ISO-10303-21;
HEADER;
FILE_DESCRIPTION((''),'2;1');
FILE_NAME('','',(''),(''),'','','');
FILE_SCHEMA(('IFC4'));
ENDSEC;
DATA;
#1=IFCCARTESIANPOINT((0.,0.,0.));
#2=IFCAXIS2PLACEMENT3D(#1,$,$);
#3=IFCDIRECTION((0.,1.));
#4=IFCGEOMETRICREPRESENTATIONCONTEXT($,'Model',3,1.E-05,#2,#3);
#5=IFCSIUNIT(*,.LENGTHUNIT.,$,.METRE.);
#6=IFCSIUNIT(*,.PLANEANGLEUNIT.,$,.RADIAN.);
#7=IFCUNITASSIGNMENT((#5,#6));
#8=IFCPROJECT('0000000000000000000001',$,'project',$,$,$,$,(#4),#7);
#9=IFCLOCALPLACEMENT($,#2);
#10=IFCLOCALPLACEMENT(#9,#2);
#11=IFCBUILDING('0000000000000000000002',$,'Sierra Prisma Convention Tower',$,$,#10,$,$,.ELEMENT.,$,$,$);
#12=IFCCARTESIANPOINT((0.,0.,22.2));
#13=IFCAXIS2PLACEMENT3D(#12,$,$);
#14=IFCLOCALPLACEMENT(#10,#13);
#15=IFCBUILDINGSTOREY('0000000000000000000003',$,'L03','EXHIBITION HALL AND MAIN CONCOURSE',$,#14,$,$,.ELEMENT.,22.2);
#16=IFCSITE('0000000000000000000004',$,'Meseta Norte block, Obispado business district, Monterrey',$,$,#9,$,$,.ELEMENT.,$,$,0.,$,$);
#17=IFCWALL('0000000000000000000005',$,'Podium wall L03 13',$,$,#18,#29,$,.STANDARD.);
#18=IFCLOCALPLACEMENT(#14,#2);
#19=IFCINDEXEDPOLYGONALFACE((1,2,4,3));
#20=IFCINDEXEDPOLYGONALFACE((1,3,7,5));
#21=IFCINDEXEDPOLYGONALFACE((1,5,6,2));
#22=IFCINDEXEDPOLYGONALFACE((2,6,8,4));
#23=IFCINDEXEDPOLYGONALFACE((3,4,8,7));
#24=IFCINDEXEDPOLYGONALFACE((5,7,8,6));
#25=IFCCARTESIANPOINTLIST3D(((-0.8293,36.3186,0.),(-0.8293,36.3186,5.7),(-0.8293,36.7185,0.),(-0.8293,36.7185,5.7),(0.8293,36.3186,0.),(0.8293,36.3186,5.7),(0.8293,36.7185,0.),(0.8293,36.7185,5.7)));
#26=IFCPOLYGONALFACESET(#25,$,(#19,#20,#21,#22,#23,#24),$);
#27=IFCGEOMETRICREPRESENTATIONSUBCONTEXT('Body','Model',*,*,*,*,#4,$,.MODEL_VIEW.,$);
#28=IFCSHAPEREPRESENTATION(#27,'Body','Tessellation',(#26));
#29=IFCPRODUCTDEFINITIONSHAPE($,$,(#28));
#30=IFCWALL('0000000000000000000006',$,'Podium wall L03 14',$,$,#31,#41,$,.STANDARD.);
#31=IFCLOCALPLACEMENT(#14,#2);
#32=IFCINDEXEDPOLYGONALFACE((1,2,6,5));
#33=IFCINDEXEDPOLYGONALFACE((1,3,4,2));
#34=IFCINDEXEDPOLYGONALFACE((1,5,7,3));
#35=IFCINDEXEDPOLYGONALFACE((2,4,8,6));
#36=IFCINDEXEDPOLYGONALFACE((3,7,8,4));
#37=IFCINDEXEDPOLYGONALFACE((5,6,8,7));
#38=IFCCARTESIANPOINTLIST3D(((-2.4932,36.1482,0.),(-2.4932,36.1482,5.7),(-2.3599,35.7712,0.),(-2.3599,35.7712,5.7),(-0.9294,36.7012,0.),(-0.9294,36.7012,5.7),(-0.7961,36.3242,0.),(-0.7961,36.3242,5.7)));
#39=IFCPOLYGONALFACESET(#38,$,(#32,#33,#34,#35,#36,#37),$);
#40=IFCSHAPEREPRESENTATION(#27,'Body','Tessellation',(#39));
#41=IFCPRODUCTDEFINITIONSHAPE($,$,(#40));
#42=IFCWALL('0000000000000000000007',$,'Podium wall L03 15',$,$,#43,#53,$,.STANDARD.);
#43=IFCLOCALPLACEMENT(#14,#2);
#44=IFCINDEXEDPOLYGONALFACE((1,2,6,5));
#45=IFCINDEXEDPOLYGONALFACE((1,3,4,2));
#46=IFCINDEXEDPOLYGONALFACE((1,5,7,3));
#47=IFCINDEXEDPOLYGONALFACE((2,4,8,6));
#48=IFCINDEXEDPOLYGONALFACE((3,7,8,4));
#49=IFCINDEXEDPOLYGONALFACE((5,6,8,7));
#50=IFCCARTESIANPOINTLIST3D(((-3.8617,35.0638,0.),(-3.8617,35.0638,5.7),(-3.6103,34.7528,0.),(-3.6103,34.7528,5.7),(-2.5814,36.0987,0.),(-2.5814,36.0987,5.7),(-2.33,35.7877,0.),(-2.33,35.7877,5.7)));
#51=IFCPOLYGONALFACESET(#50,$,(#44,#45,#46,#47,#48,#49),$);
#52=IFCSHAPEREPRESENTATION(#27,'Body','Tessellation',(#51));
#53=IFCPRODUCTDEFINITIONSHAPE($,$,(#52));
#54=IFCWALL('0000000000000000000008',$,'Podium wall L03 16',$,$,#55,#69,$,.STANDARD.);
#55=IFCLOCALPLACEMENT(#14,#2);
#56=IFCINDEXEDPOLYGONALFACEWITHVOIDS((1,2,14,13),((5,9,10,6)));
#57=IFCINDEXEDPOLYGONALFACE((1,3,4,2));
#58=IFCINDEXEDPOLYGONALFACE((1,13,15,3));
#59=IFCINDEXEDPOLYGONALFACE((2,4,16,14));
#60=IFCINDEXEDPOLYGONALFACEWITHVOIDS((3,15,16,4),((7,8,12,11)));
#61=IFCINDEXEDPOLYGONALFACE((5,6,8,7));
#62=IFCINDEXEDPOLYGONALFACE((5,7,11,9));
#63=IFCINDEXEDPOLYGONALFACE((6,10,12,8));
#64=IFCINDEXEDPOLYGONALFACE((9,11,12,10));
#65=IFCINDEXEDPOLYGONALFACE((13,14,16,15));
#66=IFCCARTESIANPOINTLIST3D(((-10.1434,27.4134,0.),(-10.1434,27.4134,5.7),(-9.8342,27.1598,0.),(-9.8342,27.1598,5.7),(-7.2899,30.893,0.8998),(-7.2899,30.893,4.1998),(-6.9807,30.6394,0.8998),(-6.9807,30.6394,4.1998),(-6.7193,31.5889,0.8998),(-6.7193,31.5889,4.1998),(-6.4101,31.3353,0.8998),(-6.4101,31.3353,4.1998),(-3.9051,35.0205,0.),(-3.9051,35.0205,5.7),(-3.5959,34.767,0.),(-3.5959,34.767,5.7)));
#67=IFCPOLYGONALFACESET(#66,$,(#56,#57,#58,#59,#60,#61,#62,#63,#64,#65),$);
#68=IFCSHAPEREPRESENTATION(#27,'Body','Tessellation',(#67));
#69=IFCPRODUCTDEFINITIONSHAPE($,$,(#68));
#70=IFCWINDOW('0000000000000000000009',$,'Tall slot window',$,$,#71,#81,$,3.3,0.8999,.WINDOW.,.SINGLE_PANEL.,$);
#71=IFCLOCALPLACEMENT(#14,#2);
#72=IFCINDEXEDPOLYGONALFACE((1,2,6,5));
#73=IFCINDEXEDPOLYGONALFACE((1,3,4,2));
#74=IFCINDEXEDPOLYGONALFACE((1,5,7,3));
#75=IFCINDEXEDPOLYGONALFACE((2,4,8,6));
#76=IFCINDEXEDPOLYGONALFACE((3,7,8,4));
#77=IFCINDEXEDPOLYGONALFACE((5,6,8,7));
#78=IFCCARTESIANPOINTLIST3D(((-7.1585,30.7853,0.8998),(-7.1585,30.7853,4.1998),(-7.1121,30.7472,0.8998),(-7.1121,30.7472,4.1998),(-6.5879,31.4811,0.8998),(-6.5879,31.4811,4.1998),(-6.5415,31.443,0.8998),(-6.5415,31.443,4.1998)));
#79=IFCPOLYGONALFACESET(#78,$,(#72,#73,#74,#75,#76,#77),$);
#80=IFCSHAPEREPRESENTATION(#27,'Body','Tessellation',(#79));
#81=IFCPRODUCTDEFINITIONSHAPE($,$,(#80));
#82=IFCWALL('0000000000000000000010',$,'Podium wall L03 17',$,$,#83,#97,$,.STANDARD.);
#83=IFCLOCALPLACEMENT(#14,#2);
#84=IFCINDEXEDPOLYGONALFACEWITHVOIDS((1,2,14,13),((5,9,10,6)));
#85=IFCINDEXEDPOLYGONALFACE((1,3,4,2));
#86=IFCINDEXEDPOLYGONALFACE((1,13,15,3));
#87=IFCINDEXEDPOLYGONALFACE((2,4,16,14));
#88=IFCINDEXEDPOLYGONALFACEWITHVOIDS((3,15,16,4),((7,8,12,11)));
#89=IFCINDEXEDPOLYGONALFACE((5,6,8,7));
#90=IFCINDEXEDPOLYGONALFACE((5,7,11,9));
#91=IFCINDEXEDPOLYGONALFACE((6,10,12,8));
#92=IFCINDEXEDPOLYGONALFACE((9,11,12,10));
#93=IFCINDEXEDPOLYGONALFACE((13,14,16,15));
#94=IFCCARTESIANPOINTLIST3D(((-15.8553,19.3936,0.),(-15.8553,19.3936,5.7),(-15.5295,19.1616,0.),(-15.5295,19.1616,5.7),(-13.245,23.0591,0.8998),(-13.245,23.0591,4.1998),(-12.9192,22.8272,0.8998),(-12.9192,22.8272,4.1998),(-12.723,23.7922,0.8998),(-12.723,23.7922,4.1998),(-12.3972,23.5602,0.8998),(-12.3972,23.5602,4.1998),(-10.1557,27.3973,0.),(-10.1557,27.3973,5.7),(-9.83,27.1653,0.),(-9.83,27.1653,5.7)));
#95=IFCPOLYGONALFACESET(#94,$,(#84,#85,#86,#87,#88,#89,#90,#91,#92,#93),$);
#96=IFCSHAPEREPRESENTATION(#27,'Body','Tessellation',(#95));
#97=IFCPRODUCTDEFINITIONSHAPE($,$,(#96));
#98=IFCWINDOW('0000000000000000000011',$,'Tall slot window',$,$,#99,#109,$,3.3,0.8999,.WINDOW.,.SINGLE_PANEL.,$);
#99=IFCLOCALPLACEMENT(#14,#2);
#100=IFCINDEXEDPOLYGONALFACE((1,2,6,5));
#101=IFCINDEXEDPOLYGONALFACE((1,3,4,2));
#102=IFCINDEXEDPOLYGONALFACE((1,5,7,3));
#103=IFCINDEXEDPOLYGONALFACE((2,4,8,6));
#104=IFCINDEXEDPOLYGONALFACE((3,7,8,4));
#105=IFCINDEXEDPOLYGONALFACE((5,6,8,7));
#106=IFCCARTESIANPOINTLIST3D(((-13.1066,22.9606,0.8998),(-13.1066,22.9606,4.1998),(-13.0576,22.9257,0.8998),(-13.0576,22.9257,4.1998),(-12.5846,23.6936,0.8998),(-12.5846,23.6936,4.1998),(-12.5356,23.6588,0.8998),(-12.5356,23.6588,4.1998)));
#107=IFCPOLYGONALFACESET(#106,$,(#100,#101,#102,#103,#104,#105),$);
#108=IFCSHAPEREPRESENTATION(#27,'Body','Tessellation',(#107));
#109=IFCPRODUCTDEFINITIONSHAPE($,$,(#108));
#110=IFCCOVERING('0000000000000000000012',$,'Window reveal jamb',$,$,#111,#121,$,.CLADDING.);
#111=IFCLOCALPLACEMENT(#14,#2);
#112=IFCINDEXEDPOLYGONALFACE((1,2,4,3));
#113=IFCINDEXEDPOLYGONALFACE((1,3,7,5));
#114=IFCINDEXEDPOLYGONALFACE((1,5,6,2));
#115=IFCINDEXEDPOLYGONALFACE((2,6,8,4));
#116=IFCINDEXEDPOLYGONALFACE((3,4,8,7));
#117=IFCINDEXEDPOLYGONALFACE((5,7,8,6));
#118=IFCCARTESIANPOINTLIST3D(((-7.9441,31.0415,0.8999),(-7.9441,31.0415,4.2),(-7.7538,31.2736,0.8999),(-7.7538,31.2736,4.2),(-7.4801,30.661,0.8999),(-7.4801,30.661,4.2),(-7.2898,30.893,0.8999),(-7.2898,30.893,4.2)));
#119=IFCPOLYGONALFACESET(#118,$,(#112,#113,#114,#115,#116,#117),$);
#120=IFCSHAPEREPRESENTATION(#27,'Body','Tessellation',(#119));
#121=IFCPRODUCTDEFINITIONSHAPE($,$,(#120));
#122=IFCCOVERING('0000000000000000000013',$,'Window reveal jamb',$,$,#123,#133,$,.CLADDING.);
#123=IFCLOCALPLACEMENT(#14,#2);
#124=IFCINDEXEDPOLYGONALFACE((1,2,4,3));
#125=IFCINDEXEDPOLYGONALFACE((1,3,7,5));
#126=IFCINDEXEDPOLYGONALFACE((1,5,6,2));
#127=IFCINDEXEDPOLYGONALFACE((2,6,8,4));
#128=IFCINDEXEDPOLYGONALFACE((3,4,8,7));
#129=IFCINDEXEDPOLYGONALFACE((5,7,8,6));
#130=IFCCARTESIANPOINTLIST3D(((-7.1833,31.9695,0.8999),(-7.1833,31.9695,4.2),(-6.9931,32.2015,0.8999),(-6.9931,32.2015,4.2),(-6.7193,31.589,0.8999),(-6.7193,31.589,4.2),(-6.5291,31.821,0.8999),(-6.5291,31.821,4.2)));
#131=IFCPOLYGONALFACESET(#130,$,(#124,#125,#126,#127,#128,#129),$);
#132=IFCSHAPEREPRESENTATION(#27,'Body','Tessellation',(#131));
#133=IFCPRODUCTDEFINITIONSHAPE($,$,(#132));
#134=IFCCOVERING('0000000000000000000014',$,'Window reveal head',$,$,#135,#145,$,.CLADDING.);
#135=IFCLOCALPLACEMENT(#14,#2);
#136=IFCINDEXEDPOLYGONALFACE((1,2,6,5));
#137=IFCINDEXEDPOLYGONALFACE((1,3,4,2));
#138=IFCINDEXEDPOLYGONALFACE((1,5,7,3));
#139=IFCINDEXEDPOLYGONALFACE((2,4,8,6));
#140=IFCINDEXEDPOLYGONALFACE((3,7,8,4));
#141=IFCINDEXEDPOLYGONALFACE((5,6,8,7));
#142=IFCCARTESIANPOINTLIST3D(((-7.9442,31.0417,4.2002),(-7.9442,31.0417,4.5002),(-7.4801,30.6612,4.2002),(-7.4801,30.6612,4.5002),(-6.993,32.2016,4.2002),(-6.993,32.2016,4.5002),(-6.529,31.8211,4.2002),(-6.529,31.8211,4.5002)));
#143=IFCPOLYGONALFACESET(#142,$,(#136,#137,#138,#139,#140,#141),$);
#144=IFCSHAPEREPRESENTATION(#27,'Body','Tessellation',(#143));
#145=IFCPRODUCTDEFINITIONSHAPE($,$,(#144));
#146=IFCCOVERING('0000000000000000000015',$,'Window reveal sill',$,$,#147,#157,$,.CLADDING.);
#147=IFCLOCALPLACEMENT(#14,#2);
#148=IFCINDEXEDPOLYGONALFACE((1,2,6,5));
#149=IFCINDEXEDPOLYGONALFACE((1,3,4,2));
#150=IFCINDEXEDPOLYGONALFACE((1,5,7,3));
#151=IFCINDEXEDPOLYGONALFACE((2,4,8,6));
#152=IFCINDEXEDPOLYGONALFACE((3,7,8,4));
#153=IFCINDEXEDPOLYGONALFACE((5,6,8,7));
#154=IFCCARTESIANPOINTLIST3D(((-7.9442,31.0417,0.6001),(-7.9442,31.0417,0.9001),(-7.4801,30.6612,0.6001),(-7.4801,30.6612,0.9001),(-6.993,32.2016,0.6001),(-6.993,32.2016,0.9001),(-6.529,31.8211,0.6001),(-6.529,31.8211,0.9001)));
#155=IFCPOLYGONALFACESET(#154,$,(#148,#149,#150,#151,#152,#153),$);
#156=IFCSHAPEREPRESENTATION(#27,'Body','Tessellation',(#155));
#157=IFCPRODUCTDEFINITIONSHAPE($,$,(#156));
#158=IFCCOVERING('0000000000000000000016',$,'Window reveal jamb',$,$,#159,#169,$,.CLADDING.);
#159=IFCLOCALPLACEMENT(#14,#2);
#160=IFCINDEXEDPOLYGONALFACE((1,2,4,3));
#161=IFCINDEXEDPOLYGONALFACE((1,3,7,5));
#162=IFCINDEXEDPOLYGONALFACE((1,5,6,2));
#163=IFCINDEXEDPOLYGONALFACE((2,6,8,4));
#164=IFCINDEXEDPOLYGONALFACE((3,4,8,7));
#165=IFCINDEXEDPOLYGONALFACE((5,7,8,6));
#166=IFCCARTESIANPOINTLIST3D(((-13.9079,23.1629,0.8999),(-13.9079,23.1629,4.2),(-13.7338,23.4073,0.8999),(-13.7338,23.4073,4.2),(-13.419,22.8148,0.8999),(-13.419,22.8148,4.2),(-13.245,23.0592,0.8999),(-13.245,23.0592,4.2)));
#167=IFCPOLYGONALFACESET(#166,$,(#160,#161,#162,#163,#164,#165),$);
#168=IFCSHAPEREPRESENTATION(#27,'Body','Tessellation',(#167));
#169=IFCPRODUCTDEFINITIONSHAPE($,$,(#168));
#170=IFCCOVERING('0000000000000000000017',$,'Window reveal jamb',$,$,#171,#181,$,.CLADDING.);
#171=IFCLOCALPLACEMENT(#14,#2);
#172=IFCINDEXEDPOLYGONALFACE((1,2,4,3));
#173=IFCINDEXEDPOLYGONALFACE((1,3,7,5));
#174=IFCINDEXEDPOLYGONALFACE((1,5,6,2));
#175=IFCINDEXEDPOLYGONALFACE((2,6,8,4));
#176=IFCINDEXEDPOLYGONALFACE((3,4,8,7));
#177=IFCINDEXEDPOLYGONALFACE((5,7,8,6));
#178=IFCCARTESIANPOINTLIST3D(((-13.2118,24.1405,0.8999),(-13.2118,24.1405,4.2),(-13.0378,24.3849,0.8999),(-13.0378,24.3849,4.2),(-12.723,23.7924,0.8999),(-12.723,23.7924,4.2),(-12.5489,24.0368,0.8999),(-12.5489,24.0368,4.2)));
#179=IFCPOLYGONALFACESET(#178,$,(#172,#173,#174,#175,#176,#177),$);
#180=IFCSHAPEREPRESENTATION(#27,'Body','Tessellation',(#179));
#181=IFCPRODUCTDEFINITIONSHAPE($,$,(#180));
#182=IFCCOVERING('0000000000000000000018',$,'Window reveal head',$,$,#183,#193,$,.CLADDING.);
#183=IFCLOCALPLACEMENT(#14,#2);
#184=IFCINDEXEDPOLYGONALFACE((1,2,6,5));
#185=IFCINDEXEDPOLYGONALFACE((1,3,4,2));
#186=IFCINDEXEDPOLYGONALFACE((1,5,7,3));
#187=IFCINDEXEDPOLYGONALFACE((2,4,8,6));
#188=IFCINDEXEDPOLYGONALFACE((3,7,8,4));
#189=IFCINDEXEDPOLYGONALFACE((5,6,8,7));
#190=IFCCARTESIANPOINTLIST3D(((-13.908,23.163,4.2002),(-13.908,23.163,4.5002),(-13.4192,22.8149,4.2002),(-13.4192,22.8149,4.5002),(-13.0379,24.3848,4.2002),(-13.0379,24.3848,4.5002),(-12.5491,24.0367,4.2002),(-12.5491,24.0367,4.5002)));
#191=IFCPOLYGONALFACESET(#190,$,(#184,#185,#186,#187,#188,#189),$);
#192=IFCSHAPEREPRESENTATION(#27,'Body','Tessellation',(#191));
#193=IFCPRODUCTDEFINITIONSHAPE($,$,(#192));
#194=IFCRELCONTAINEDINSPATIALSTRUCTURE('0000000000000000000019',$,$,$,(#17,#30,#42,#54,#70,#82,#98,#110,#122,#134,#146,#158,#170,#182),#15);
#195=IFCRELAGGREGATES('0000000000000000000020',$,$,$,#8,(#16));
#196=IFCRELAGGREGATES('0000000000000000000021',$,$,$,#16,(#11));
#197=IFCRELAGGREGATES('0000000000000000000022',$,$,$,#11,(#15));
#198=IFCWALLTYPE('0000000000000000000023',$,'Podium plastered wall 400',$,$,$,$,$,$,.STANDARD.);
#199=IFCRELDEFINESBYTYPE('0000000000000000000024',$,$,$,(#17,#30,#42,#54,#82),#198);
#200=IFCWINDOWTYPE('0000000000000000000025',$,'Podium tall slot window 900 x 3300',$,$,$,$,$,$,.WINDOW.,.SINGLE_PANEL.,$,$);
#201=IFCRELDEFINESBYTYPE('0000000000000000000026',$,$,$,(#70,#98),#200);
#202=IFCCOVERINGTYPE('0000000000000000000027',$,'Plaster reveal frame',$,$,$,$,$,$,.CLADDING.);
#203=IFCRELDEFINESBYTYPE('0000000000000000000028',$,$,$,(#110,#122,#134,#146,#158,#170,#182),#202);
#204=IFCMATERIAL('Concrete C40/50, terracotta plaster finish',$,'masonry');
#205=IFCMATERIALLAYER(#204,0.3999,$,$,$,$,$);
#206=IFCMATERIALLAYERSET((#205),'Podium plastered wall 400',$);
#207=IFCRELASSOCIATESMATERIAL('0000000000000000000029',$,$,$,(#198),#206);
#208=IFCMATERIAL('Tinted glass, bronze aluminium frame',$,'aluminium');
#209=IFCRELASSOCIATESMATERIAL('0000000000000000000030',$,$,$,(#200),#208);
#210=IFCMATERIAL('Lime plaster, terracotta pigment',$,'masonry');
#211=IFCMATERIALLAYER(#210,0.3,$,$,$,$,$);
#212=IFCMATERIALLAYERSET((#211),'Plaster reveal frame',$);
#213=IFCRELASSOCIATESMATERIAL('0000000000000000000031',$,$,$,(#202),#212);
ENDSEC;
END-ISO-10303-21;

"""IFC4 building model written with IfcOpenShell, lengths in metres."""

from ifc_helpers import new_model, si_unit, direction, frame, frame_2d, origin, origin_2d, place, context, subcontext, project, spatial, rectangle, extrude, material, layer, layer_set, type_object, element, fill, save


model = new_model("IFC4")

# Units and contexts
model_context = context("Model", 3, precision=1e-05, world=origin(), true_north=direction((0.0, 1.0)))
body_context = subcontext(model_context, "Body", "Model", "MODEL_VIEW")
ifc_project = project(units=[si_unit("LENGTHUNIT", "METRE"), si_unit("PLANEANGLEUNIT", "RADIAN")], contexts=[model_context])

# Site, building, storey
site_placement = place(None, origin())
site = spatial("IfcSite", under=ifc_project, at=site_placement, Name="Meseta Norte block, Obispado business district, Monterrey", CompositionType="ELEMENT", RefElevation=0.0)
building_placement = place(site_placement, origin())
building = spatial("IfcBuilding", under=site, at=building_placement, Name="Sierra Prisma Convention Tower", CompositionType="ELEMENT")
storey_placement = place(building_placement, frame((0.0, 0.0, 22.2)))
storey = spatial("IfcBuildingStorey", under=building, at=storey_placement, Name="L03", Description="EXHIBITION HALL AND MAIN CONCOURSE", CompositionType="ELEMENT", Elevation=22.2)

# Walls
ifc_material_1 = material(Name="Concrete C40/50, terracotta plaster finish", Category="masonry")
ifc_layer_1 = layer(ifc_material_1, 0.3999)
ifc_layer_set_1 = layer_set([ifc_layer_1], Name="Podium plastered wall 400")
wall_type = type_object("IfcWallType", Name="Podium plastered wall 400", PredefinedType="STANDARD", material=ifc_layer_set_1)
for number, where, z_axis, x_axis, name in (
    (1, (-0.8293, 36.5186, 0.0), (0.0, 0.0, 1.0), (1.0, 0.0, 0.0), "Podium wall L03 13"),
    (2, (-2.4265, 35.9597, 0.0), (0.0, 0.0, 1.0), (0.942786, 0.333398, 0.0), "Podium wall L03 14"),
):
    element("IfcWall", number, at=place(storey_placement, frame(where, z_axis=z_axis, x_axis=x_axis)), inside=storey, type_object=wall_type, Name=name, PredefinedType="STANDARD", context=body_context, shape_type="SweptSolid", body=[
        extrude(rectangle(XDim=1.6587, YDim=0.3999, at=frame_2d((0.8293, 0.0))), origin(), (0.0, 0.0, 1.0), 5.7),
    ])
wall_1_placement = place(storey_placement, frame((-3.7361, 34.9082, 0.0), z_axis=(0.0, 0.0, 1.0), x_axis=(0.77769, 0.628648, 0.0)))
element("IfcWall", 3, at=wall_1_placement, inside=storey, type_object=wall_type, Name="Podium wall L03 15", PredefinedType="STANDARD", context=body_context, shape_type="SweptSolid", body=[
    extrude(rectangle(XDim=1.6462, YDim=0.3999, at=frame_2d((0.8232, 0.0))), origin(), (0.0, 0.0, 1.0), 5.7),
])

# Walls, openings, windows
wall_2_placement = place(storey_placement, frame((-9.9888, 27.2866, 0.0), z_axis=(0.0, 0.0, 1.0), x_axis=(0.634104, 0.773248, 0.0)))
wall_2 = element("IfcWall", 4, at=wall_2_placement, inside=storey, type_object=wall_type, Name="Podium wall L03 16", PredefinedType="STANDARD", context=body_context, shape_type="SweptSolid", body=[
    extrude(rectangle(XDim=9.8379, YDim=0.3999, at=frame_2d((4.9189, 0.0))), origin(), (0.0, 0.0, 1.0), 5.7),
])
opening_1_placement = place(wall_2_placement, frame((4.5, 0.0, 0.8999)))
opening_1 = element("IfcOpeningElement", 5, at=opening_1_placement, cuts=wall_2, PredefinedType="OPENING", context=body_context, shape_type="SweptSolid", body=[
    extrude(rectangle(XDim=0.8999, YDim=3.3, at=frame_2d((0.45, 1.6499))), frame((0.0, 0.2, 0.0), z_axis=(0.0, -1.0, 0.0), x_axis=(1.0, 0.0, 0.0)), (0.0, 0.0, 1.0), 0.3999),
])
ifc_material_2 = material(Name="Tinted glass, bronze aluminium frame", Category="aluminium")
window_type = type_object("IfcWindowType", Name="Podium tall slot window 900 x 3300", PartitioningType="SINGLE_PANEL", PredefinedType="WINDOW", material=ifc_material_2)
window_1_placement = place(opening_1_placement, origin())
window_1 = element("IfcWindow", 6, at=window_1_placement, inside=storey, type_object=window_type, Name="Tall slot window", OverallHeight=3.3, OverallWidth=0.8999, PartitioningType="SINGLE_PANEL", PredefinedType="WINDOW", context=body_context, shape_type="SweptSolid", body=[
    extrude(rectangle(XDim=0.8999, YDim=3.3, at=frame_2d((0.45, 1.6499))), frame((0.0, 0.03, 0.0), z_axis=(0.0, -1.0, 0.0), x_axis=(1.0, 0.0, 0.0)), (0.0, 0.0, 1.0), 0.0601),
])
fill(opening_1, window_1)
wall_3_placement = place(storey_placement, frame((-15.6924, 19.2776, 0.0), z_axis=(0.0, 0.0, 1.0), x_axis=(0.580062, 0.814572, 0.0)))
wall_3 = element("IfcWall", 7, at=wall_3_placement, inside=storey, type_object=wall_type, Name="Podium wall L03 17", PredefinedType="STANDARD", context=body_context, shape_type="SweptSolid", body=[
    extrude(rectangle(XDim=9.8257, YDim=0.3999, at=frame_2d((4.9128, 0.0))), origin(), (0.0, 0.0, 1.0), 5.7),
])
opening_2_placement = place(wall_3_placement, frame((4.5, 0.0, 0.8999)))
opening_2 = element("IfcOpeningElement", 8, at=opening_2_placement, cuts=wall_3, PredefinedType="OPENING", context=body_context, shape_type="SweptSolid", body=[
    extrude(rectangle(XDim=0.8999, YDim=3.3, at=frame_2d((0.45, 1.6499))), frame((0.0, 0.2, 0.0), z_axis=(0.0, -1.0, 0.0), x_axis=(1.0, 0.0, 0.0)), (0.0, 0.0, 1.0), 0.3999),
])
window_2_placement = place(opening_2_placement, origin())
window_2 = element("IfcWindow", 9, at=window_2_placement, inside=storey, type_object=window_type, Name="Tall slot window", OverallHeight=3.3, OverallWidth=0.8999, PartitioningType="SINGLE_PANEL", PredefinedType="WINDOW", context=body_context, shape_type="SweptSolid", body=[
    extrude(rectangle(XDim=0.8999, YDim=3.3, at=frame_2d((0.45, 1.6499))), frame((0.0, 0.03, 0.0), z_axis=(0.0, -1.0, 0.0), x_axis=(1.0, 0.0, 0.0)), (0.0, 0.0, 1.0), 0.0601),
])
fill(opening_2, window_2)

# Coverings
ifc_material_3 = material(Name="Lime plaster, terracotta pigment", Category="masonry")
ifc_layer_2 = layer(ifc_material_3, 0.3)
ifc_layer_set_2 = layer_set([ifc_layer_2], Name="Plaster reveal frame")
covering_type = type_object("IfcCoveringType", Name="Plaster reveal frame", PredefinedType="CLADDING", material=ifc_layer_set_2)
for number, where, z_axis, x_axis, name in (
    (10, (-7.6169, 30.9673, 0.8999), (0.0, 0.0, 1.0), (0.634115, 0.773238, 0.0), "Window reveal jamb"),
    (11, (-6.8562, 31.8953, 0.8999), (0.0, 0.0, 1.0), (0.634115, 0.773238, 0.0), "Window reveal jamb"),
):
    element("IfcCovering", number, at=place(storey_placement, frame(where, z_axis=z_axis, x_axis=x_axis)), inside=storey, type_object=covering_type, Name=name, PredefinedType="CLADDING", context=body_context, shape_type="SweptSolid", body=[
        extrude(rectangle(XDim=0.3, YDim=0.6001, at=origin_2d()), origin(), (0.0, 0.0, 1.0), 3.3),
    ])
for number, where, z_axis, x_axis, name in (
    (12, (-7.2366, 31.4314, 4.2002), (0.0, 0.0, 1.0), (0.634115, 0.773238, 0.0), "Window reveal head"),
    (13, (-7.2366, 31.4314, 0.6001), (0.0, 0.0, 1.0), (0.634115, 0.773238, 0.0), "Window reveal sill"),
):
    element("IfcCovering", number, at=place(storey_placement, frame(where, z_axis=z_axis, x_axis=x_axis)), inside=storey, type_object=covering_type, Name=name, PredefinedType="CLADDING", context=body_context, shape_type="SweptSolid", body=[
        extrude(rectangle(XDim=1.5, YDim=0.6001, at=origin_2d()), origin(), (0.0, 0.0, 1.0), 0.3),
    ])
for number, where, z_axis, x_axis, name in (
    (14, (-13.5764, 23.1111, 0.8999), (0.0, 0.0, 1.0), (0.580072, 0.814565, 0.0), "Window reveal jamb"),
    (15, (-12.8804, 24.0886, 0.8999), (0.0, 0.0, 1.0), (0.580072, 0.814565, 0.0), "Window reveal jamb"),
):
    element("IfcCovering", number, at=place(storey_placement, frame(where, z_axis=z_axis, x_axis=x_axis)), inside=storey, type_object=covering_type, Name=name, PredefinedType="CLADDING", context=body_context, shape_type="SweptSolid", body=[
        extrude(rectangle(XDim=0.3, YDim=0.6001, at=origin_2d()), origin(), (0.0, 0.0, 1.0), 3.3),
    ])
for number, where, z_axis, x_axis, name in (
    (16, (-13.2285, 23.5999, 4.2002), (0.0, 0.0, 1.0), (0.580072, 0.814565, 0.0), "Window reveal head"),
):
    element("IfcCovering", number, at=place(storey_placement, frame(where, z_axis=z_axis, x_axis=x_axis)), inside=storey, type_object=covering_type, Name=name, PredefinedType="CLADDING", context=body_context, shape_type="SweptSolid", body=[
        extrude(rectangle(XDim=1.5, YDim=0.6001, at=origin_2d()), origin(), (0.0, 0.0, 1.0), 0.3),
    ])

save(model, "model.ifc")
